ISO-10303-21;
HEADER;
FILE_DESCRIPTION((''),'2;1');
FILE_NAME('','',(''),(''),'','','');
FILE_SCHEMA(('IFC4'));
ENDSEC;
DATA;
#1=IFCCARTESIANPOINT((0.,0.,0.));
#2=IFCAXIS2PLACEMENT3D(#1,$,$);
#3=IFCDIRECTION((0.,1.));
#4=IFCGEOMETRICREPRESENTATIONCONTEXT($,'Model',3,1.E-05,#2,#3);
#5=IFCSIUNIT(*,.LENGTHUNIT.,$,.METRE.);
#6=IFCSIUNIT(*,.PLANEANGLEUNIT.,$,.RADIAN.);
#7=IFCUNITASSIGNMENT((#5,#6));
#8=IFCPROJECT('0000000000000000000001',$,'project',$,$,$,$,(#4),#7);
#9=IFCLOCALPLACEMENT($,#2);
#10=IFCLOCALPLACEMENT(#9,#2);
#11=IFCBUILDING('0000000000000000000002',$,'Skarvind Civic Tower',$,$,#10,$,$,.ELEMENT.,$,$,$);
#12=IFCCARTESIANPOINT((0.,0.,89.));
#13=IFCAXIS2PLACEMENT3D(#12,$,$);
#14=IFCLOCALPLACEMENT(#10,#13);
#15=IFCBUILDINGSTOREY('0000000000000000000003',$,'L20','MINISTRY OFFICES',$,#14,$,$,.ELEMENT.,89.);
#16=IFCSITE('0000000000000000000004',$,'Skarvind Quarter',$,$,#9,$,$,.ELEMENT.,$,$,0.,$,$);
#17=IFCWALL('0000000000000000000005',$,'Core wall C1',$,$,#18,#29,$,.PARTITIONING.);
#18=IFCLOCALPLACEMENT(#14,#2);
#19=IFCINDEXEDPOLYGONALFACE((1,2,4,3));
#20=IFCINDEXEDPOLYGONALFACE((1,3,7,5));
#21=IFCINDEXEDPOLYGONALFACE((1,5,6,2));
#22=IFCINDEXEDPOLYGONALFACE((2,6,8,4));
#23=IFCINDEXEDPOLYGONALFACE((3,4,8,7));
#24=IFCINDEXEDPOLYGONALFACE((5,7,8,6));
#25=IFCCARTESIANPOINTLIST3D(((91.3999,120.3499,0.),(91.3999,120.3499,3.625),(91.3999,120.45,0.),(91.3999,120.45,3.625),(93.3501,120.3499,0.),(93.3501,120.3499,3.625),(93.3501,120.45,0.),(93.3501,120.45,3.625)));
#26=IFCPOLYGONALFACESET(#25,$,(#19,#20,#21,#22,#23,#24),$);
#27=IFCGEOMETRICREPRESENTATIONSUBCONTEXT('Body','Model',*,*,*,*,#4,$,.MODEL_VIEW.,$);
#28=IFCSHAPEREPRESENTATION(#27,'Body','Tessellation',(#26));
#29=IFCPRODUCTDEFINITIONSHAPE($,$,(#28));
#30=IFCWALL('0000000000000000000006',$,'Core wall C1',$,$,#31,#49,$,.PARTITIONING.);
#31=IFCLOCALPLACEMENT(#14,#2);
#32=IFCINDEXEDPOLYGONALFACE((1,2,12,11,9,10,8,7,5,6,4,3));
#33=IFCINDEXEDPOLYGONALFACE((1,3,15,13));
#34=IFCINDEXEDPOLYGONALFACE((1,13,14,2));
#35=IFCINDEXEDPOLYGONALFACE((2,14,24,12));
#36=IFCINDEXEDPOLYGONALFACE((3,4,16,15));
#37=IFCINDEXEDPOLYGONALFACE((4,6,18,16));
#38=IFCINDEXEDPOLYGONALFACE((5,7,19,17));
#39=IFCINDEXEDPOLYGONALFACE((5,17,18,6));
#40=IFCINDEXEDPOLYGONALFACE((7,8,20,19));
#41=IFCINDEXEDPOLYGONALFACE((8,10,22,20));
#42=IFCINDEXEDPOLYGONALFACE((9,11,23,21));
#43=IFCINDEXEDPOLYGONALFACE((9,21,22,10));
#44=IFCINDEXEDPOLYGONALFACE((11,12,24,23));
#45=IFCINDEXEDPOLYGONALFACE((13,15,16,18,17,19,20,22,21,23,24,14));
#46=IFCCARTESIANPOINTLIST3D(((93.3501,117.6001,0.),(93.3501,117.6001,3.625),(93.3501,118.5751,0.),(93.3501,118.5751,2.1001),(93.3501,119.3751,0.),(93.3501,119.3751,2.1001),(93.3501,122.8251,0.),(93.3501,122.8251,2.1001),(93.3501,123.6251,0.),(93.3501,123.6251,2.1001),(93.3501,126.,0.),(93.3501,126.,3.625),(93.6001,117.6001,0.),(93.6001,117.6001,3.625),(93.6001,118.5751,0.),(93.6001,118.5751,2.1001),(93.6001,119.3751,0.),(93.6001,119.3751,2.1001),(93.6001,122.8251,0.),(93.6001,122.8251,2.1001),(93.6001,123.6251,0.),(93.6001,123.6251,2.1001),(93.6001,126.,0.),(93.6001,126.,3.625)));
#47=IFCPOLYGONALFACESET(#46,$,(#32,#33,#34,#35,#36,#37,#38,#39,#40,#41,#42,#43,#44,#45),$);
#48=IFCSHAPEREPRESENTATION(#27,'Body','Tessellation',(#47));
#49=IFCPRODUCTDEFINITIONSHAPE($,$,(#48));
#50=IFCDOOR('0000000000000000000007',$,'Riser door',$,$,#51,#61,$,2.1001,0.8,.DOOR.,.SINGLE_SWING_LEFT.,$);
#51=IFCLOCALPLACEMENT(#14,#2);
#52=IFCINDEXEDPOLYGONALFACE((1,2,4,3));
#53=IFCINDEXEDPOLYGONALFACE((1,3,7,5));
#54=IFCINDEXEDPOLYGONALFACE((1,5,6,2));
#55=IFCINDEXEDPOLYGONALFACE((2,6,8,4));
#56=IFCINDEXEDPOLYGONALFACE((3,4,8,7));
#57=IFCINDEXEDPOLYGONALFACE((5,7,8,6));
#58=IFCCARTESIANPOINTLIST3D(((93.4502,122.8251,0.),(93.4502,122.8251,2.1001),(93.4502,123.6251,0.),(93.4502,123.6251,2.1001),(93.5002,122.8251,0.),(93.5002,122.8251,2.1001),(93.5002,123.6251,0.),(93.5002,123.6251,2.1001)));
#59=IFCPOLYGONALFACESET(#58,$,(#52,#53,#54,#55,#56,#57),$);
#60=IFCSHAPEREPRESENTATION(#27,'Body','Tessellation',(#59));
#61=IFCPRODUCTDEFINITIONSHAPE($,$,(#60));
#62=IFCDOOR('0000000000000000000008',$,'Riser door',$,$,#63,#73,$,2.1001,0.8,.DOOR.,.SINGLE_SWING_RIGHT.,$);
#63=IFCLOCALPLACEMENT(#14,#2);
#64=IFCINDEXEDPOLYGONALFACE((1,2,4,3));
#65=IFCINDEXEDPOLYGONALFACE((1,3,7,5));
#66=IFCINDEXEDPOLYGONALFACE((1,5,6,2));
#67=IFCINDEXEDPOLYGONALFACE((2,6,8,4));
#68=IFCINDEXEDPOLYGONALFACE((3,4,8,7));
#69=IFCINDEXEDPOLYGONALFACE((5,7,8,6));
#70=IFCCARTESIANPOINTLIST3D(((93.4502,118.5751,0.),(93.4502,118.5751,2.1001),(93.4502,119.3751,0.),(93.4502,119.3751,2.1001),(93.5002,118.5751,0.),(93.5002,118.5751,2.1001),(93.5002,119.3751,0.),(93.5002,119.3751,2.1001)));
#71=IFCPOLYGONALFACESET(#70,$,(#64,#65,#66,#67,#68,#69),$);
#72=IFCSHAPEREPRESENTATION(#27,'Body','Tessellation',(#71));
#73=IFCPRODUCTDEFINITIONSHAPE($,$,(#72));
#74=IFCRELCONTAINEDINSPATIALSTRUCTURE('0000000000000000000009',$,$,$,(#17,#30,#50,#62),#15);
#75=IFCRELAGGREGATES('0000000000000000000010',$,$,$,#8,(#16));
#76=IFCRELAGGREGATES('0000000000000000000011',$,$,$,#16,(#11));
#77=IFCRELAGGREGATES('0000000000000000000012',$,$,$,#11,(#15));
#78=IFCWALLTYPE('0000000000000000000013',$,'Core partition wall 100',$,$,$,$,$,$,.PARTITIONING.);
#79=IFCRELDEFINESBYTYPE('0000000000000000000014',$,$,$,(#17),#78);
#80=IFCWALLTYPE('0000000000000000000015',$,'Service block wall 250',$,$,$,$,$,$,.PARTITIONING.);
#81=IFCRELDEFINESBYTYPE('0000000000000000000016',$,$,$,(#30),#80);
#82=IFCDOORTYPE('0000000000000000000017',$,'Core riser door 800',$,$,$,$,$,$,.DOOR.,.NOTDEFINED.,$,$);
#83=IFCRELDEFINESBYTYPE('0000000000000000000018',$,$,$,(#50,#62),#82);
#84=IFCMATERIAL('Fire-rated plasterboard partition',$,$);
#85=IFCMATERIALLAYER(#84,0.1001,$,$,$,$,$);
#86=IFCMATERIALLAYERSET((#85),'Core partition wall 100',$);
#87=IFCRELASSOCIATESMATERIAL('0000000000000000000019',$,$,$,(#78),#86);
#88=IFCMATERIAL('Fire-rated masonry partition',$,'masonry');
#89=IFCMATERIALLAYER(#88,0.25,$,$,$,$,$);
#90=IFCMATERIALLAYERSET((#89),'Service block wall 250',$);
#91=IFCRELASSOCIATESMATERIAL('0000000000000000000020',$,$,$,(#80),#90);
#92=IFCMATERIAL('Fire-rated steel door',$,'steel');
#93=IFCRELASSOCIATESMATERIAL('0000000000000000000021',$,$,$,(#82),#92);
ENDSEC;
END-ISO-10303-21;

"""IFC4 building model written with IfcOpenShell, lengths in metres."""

from ifc_helpers import new_model, si_unit, direction, frame, frame_2d, origin, place, context, subcontext, project, spatial, rectangle, extrude, material, layer, layer_set, type_object, element, fill, save


model = new_model("IFC4")

# Units and contexts
model_context = context("Model", 3, precision=1e-05, world=origin(), true_north=direction((0.0, 1.0)))
body_context = subcontext(model_context, "Body", "Model", "MODEL_VIEW")
ifc_project = project(units=[si_unit("LENGTHUNIT", "METRE"), si_unit("PLANEANGLEUNIT", "RADIAN")], contexts=[model_context])

# Site, building, storey
site_placement = place(None, origin())
site = spatial("IfcSite", under=ifc_project, at=site_placement, Name="Skarvind Quarter", CompositionType="ELEMENT", RefElevation=0.0)
building_placement = place(site_placement, origin())
building = spatial("IfcBuilding", under=site, at=building_placement, Name="Skarvind Civic Tower", CompositionType="ELEMENT")
storey_placement = place(building_placement, frame((0.0, 0.0, 89.0)))
storey = spatial("IfcBuildingStorey", under=building, at=storey_placement, Name="L20", Description="MINISTRY OFFICES", CompositionType="ELEMENT", Elevation=89.0)

# Wall
ifc_material_1 = material(Name="Fire-rated plasterboard partition")
ifc_layer_1 = layer(ifc_material_1, 0.1001)
ifc_layer_set_1 = layer_set([ifc_layer_1], Name="Core partition wall 100")
wall_type_1 = type_object("IfcWallType", Name="Core partition wall 100", PredefinedType="PARTITIONING", material=ifc_layer_set_1)
wall_1_placement = place(storey_placement, frame((93.3501, 120.3999, 0.0), z_axis=(0.0, 0.0, 1.0), x_axis=(-1.0, 0.0, 0.0)))
element("IfcWall", 1, at=wall_1_placement, inside=storey, type_object=wall_type_1, Name="Core wall C1", PredefinedType="PARTITIONING", context=body_context, shape_type="SweptSolid", body=[
    extrude(rectangle(XDim=1.9502, YDim=0.1001, at=frame_2d((0.9751, 0.0))), origin(), (0.0, 0.0, 1.0), 3.625),
])

# Wall, openings, doors
ifc_material_2 = material(Name="Fire-rated masonry partition", Category="masonry")
ifc_layer_2 = layer(ifc_material_2, 0.25)
ifc_layer_set_2 = layer_set([ifc_layer_2], Name="Service block wall 250")
wall_type_2 = type_object("IfcWallType", Name="Service block wall 250", PredefinedType="PARTITIONING", material=ifc_layer_set_2)
wall_2_placement = place(storey_placement, frame((93.4751, 117.6001, 0.0), z_axis=(0.0, 0.0, 1.0), x_axis=(0.0, 1.0, 0.0)))
wall_2 = element("IfcWall", 2, at=wall_2_placement, inside=storey, type_object=wall_type_2, Name="Core wall C1", PredefinedType="PARTITIONING", context=body_context, shape_type="SweptSolid", body=[
    extrude(rectangle(XDim=8.3999, YDim=0.25, at=frame_2d((4.2, 0.0))), origin(), (0.0, 0.0, 1.0), 3.625),
])
opening_1_placement = place(wall_2_placement, frame((5.2251, 0.0, 0.0)))
opening_1 = element("IfcOpeningElement", 3, at=opening_1_placement, cuts=wall_2, PredefinedType="OPENING", context=body_context, shape_type="SweptSolid", body=[
    extrude(rectangle(XDim=0.8, YDim=2.1001, at=frame_2d((0.3999, 1.05))), frame((0.0, 0.135, 0.0), z_axis=(0.0, -1.0, 0.0), x_axis=(1.0, 0.0, 0.0)), (0.0, 0.0, 1.0), 0.27),
])
opening_2_placement = place(wall_2_placement, frame((0.9751, 0.0, 0.0)))
opening_2 = element("IfcOpeningElement", 4, at=opening_2_placement, cuts=wall_2, PredefinedType="OPENING", context=body_context, shape_type="SweptSolid", body=[
    extrude(rectangle(XDim=0.8, YDim=2.1001, at=frame_2d((0.3999, 1.05))), frame((0.0, 0.135, 0.0), z_axis=(0.0, -1.0, 0.0), x_axis=(1.0, 0.0, 0.0)), (0.0, 0.0, 1.0), 0.27),
])
ifc_material_3 = material(Name="Fire-rated steel door", Category="steel")
door_type_1 = type_object("IfcDoorType", Name="Core riser door 800", OperationType="NOTDEFINED", PredefinedType="DOOR", material=ifc_material_3)
door_1_placement = place(opening_1_placement, origin())
door_1 = element("IfcDoor", 5, at=door_1_placement, inside=storey, type_object=door_type_1, Name="Riser door", OperationType="SINGLE_SWING_LEFT", OverallHeight=2.1001, OverallWidth=0.8, PredefinedType="DOOR", context=body_context, shape_type="SweptSolid", body=[
    extrude(rectangle(XDim=0.8, YDim=2.1001, at=frame_2d((0.3999, 1.05))), frame((0.0, 0.0249, 0.0), z_axis=(0.0, -1.0, 0.0), x_axis=(1.0, 0.0, 0.0)), (0.0, 0.0, 1.0), 0.05),
])
fill(opening_1, door_1)
door_2_placement = place(opening_2_placement, origin())
door_2 = element("IfcDoor", 6, at=door_2_placement, inside=storey, type_object=door_type_1, Name="Riser door", OperationType="SINGLE_SWING_RIGHT", OverallHeight=2.1001, OverallWidth=0.8, PredefinedType="DOOR", context=body_context, shape_type="SweptSolid", body=[
    extrude(rectangle(XDim=0.8, YDim=2.1001, at=frame_2d((0.3999, 1.05))), frame((0.0, 0.0249, 0.0), z_axis=(0.0, -1.0, 0.0), x_axis=(1.0, 0.0, 0.0)), (0.0, 0.0, 1.0), 0.05),
])
fill(opening_2, door_2)

save(model, "model.ifc")
